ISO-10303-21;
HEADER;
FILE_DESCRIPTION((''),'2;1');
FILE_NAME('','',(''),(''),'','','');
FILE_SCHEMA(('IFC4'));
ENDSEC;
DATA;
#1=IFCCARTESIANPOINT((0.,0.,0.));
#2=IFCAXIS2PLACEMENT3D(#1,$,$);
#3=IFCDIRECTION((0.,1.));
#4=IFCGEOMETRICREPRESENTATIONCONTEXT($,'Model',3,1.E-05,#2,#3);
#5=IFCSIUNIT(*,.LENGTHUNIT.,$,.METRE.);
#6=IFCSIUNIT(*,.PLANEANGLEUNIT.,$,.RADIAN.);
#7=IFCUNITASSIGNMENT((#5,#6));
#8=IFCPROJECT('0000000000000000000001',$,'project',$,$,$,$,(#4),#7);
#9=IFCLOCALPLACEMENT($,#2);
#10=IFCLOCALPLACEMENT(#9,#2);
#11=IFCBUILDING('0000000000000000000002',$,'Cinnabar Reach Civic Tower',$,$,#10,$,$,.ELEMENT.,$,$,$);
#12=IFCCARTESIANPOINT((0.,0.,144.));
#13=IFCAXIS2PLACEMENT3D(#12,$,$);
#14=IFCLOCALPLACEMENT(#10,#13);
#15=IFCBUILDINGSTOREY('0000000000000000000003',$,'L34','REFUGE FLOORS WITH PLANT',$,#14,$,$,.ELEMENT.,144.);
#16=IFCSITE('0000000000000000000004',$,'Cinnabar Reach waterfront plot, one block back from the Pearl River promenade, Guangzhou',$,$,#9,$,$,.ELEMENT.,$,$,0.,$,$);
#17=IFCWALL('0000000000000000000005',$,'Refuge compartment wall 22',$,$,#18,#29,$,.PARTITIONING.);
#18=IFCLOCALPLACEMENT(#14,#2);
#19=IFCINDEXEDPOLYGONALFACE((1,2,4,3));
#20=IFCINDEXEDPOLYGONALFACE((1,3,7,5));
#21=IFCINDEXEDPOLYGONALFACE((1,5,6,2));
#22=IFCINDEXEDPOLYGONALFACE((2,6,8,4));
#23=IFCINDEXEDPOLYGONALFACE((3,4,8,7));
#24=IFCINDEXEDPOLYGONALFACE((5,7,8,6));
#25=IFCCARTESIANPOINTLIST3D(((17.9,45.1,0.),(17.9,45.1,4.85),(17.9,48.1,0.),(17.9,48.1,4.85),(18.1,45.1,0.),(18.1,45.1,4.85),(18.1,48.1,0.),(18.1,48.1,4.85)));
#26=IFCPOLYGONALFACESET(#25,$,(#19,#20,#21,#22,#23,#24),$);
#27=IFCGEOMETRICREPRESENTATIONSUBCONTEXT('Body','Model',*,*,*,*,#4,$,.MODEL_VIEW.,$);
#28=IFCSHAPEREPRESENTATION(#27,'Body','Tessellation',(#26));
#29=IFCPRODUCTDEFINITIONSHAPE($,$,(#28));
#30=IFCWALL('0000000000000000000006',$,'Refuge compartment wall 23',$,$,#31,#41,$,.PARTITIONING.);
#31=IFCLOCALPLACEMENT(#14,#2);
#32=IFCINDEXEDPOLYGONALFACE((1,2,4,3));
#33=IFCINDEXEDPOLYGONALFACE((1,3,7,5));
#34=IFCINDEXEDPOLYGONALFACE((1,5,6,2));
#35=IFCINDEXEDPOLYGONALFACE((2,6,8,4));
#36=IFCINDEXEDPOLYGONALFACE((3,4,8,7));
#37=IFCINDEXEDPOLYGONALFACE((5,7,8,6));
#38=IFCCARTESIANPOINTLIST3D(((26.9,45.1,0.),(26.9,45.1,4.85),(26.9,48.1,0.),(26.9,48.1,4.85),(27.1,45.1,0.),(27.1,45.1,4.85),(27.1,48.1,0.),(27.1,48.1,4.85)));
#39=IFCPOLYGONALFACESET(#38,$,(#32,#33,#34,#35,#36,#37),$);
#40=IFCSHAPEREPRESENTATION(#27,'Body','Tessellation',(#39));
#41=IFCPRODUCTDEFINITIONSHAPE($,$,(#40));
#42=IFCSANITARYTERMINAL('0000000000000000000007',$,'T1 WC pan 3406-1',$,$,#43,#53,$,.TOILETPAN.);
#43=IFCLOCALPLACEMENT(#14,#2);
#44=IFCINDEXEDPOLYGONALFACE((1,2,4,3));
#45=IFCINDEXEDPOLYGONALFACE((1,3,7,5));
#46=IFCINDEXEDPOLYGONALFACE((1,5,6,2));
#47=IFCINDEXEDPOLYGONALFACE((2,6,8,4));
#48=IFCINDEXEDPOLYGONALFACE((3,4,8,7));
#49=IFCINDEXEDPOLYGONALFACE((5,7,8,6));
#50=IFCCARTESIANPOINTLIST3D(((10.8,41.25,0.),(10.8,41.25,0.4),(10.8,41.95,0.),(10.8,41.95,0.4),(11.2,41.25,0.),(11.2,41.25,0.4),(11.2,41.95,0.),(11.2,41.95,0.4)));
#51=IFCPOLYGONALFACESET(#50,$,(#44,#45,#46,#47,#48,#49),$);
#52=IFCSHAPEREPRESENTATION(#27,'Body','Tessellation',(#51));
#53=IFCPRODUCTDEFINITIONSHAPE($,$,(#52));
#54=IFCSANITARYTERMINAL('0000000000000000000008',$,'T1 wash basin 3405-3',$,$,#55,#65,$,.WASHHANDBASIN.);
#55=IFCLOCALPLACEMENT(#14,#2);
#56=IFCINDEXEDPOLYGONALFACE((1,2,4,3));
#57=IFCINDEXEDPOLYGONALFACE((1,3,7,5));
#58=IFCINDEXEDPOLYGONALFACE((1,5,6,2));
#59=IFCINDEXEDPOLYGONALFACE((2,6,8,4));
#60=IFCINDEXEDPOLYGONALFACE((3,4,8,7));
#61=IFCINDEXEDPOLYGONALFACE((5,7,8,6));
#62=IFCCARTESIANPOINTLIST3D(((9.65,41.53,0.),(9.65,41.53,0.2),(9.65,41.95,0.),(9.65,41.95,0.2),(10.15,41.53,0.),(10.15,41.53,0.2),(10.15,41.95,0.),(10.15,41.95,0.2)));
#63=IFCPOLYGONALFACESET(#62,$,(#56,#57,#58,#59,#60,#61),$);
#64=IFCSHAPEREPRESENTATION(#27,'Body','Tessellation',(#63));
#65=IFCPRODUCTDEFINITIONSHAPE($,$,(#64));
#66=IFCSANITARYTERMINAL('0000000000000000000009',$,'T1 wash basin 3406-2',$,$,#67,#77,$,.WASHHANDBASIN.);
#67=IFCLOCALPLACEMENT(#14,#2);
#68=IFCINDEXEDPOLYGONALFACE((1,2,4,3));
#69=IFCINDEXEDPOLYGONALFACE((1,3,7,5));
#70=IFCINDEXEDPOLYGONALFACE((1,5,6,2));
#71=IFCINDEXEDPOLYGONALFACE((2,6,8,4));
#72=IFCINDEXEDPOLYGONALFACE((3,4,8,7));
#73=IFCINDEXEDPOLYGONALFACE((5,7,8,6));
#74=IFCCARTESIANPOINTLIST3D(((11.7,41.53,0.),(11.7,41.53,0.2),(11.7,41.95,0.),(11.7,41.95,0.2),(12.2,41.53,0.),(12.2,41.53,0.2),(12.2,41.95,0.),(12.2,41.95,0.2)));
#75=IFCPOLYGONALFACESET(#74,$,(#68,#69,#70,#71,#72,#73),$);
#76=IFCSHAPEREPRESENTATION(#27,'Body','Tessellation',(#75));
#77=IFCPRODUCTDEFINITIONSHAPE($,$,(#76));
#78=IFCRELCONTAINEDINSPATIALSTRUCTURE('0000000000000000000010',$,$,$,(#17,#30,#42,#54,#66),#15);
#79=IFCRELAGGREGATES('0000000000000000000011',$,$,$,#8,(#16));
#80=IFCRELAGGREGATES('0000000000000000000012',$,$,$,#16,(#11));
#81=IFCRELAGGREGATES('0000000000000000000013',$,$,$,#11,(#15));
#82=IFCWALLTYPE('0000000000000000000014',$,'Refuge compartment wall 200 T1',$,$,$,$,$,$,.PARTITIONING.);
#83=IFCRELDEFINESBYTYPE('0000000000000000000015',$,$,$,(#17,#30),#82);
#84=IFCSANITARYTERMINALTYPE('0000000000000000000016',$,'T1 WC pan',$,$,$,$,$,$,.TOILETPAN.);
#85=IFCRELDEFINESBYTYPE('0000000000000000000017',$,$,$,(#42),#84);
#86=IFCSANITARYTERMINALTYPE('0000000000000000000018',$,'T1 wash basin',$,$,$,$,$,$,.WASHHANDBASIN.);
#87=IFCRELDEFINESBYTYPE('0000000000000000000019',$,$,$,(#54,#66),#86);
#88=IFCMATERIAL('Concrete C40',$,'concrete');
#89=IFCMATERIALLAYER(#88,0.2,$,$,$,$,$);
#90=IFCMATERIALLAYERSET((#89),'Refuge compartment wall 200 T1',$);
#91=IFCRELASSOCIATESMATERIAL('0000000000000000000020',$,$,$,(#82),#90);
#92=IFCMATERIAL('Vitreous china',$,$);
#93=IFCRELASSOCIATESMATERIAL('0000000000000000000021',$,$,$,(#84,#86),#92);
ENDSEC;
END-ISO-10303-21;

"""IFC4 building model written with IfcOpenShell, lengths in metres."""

from ifc_helpers import new_model, si_unit, direction, frame, frame_2d, origin, origin_2d, place, context, subcontext, project, spatial, rectangle, extrude, material, layer, layer_set, type_object, element, save


model = new_model("IFC4")

# Units and contexts
model_context = context("Model", 3, precision=1e-05, world=origin(), true_north=direction((0.0, 1.0)))
body_context = subcontext(model_context, "Body", "Model", "MODEL_VIEW")
ifc_project = project(units=[si_unit("LENGTHUNIT", "METRE"), si_unit("PLANEANGLEUNIT", "RADIAN")], contexts=[model_context])

# Site, building, storey
site_placement = place(None, origin())
site = spatial("IfcSite", under=ifc_project, at=site_placement, Name="Cinnabar Reach waterfront plot, one block back from the Pearl River promenade, Guangzhou", CompositionType="ELEMENT", RefElevation=0.0)
building_placement = place(site_placement, origin())
building = spatial("IfcBuilding", under=site, at=building_placement, Name="Cinnabar Reach Civic Tower", CompositionType="ELEMENT")
storey_placement = place(building_placement, frame((0.0, 0.0, 144.0)))
storey = spatial("IfcBuildingStorey", under=building, at=storey_placement, Name="L34", Description="REFUGE FLOORS WITH PLANT", CompositionType="ELEMENT", Elevation=144.0)

# Walls
ifc_material_1 = material(Name="Concrete C40", Category="concrete")
ifc_layer_1 = layer(ifc_material_1, 0.2)
ifc_layer_set_1 = layer_set([ifc_layer_1], Name="Refuge compartment wall 200 T1")
wall_type_1 = type_object("IfcWallType", Name="Refuge compartment wall 200 T1", PredefinedType="PARTITIONING", material=ifc_layer_set_1)
for number, where, z_axis, x_axis, name in (
    (1, (18.0, 45.1, 0.0), (0.0, 0.0, 1.0), (0.0, 1.0, 0.0), "Refuge compartment wall 22"),
    (2, (27.0, 45.1, 0.0), (0.0, 0.0, 1.0), (0.0, 1.0, 0.0), "Refuge compartment wall 23"),
):
    element("IfcWall", number, at=place(storey_placement, frame(where, z_axis=z_axis, x_axis=x_axis)), inside=storey, type_object=wall_type_1, Name=name, PredefinedType="PARTITIONING", context=body_context, shape_type="SweptSolid", body=[
        extrude(rectangle(XDim=3.0, YDim=0.2, at=frame_2d((1.5, 0.0))), origin(), (0.0, 0.0, 1.0), 4.85),
    ])

# Sanitary terminals
ifc_material_2 = material(Name="Vitreous china")
sanitary_terminal_type_1 = type_object("IfcSanitaryTerminalType", Name="T1 WC pan", PredefinedType="TOILETPAN", material=ifc_material_2)
sanitary_terminal_placement = place(storey_placement, frame((11.0, 41.6, 0.0), z_axis=(0.0, 0.0, 1.0), x_axis=(1.0, 0.0, 0.0)))
element("IfcSanitaryTerminal", 3, at=sanitary_terminal_placement, inside=storey, type_object=sanitary_terminal_type_1, Name="T1 WC pan 3406-1", PredefinedType="TOILETPAN", context=body_context, shape_type="SweptSolid", body=[
    extrude(rectangle(XDim=0.4, YDim=0.7, at=origin_2d()), origin(), (0.0, 0.0, 1.0), 0.4),
])
sanitary_terminal_type_2 = type_object("IfcSanitaryTerminalType", Name="T1 wash basin", PredefinedType="WASHHANDBASIN", material=ifc_material_2)
for number, where, z_axis, x_axis, name in (
    (4, (9.9, 41.74, 0.0), (0.0, 0.0, 1.0), (1.0, 0.0, 0.0), "T1 wash basin 3405-3"),
    (5, (11.95, 41.74, 0.0), (0.0, 0.0, 1.0), (1.0, 0.0, 0.0), "T1 wash basin 3406-2"),
):
    element("IfcSanitaryTerminal", number, at=place(storey_placement, frame(where, z_axis=z_axis, x_axis=x_axis)), inside=storey, type_object=sanitary_terminal_type_2, Name=name, PredefinedType="WASHHANDBASIN", context=body_context, shape_type="SweptSolid", body=[
        extrude(rectangle(XDim=0.5, YDim=0.42, at=origin_2d()), origin(), (0.0, 0.0, 1.0), 0.2),
    ])

save(model, "model.ifc")
